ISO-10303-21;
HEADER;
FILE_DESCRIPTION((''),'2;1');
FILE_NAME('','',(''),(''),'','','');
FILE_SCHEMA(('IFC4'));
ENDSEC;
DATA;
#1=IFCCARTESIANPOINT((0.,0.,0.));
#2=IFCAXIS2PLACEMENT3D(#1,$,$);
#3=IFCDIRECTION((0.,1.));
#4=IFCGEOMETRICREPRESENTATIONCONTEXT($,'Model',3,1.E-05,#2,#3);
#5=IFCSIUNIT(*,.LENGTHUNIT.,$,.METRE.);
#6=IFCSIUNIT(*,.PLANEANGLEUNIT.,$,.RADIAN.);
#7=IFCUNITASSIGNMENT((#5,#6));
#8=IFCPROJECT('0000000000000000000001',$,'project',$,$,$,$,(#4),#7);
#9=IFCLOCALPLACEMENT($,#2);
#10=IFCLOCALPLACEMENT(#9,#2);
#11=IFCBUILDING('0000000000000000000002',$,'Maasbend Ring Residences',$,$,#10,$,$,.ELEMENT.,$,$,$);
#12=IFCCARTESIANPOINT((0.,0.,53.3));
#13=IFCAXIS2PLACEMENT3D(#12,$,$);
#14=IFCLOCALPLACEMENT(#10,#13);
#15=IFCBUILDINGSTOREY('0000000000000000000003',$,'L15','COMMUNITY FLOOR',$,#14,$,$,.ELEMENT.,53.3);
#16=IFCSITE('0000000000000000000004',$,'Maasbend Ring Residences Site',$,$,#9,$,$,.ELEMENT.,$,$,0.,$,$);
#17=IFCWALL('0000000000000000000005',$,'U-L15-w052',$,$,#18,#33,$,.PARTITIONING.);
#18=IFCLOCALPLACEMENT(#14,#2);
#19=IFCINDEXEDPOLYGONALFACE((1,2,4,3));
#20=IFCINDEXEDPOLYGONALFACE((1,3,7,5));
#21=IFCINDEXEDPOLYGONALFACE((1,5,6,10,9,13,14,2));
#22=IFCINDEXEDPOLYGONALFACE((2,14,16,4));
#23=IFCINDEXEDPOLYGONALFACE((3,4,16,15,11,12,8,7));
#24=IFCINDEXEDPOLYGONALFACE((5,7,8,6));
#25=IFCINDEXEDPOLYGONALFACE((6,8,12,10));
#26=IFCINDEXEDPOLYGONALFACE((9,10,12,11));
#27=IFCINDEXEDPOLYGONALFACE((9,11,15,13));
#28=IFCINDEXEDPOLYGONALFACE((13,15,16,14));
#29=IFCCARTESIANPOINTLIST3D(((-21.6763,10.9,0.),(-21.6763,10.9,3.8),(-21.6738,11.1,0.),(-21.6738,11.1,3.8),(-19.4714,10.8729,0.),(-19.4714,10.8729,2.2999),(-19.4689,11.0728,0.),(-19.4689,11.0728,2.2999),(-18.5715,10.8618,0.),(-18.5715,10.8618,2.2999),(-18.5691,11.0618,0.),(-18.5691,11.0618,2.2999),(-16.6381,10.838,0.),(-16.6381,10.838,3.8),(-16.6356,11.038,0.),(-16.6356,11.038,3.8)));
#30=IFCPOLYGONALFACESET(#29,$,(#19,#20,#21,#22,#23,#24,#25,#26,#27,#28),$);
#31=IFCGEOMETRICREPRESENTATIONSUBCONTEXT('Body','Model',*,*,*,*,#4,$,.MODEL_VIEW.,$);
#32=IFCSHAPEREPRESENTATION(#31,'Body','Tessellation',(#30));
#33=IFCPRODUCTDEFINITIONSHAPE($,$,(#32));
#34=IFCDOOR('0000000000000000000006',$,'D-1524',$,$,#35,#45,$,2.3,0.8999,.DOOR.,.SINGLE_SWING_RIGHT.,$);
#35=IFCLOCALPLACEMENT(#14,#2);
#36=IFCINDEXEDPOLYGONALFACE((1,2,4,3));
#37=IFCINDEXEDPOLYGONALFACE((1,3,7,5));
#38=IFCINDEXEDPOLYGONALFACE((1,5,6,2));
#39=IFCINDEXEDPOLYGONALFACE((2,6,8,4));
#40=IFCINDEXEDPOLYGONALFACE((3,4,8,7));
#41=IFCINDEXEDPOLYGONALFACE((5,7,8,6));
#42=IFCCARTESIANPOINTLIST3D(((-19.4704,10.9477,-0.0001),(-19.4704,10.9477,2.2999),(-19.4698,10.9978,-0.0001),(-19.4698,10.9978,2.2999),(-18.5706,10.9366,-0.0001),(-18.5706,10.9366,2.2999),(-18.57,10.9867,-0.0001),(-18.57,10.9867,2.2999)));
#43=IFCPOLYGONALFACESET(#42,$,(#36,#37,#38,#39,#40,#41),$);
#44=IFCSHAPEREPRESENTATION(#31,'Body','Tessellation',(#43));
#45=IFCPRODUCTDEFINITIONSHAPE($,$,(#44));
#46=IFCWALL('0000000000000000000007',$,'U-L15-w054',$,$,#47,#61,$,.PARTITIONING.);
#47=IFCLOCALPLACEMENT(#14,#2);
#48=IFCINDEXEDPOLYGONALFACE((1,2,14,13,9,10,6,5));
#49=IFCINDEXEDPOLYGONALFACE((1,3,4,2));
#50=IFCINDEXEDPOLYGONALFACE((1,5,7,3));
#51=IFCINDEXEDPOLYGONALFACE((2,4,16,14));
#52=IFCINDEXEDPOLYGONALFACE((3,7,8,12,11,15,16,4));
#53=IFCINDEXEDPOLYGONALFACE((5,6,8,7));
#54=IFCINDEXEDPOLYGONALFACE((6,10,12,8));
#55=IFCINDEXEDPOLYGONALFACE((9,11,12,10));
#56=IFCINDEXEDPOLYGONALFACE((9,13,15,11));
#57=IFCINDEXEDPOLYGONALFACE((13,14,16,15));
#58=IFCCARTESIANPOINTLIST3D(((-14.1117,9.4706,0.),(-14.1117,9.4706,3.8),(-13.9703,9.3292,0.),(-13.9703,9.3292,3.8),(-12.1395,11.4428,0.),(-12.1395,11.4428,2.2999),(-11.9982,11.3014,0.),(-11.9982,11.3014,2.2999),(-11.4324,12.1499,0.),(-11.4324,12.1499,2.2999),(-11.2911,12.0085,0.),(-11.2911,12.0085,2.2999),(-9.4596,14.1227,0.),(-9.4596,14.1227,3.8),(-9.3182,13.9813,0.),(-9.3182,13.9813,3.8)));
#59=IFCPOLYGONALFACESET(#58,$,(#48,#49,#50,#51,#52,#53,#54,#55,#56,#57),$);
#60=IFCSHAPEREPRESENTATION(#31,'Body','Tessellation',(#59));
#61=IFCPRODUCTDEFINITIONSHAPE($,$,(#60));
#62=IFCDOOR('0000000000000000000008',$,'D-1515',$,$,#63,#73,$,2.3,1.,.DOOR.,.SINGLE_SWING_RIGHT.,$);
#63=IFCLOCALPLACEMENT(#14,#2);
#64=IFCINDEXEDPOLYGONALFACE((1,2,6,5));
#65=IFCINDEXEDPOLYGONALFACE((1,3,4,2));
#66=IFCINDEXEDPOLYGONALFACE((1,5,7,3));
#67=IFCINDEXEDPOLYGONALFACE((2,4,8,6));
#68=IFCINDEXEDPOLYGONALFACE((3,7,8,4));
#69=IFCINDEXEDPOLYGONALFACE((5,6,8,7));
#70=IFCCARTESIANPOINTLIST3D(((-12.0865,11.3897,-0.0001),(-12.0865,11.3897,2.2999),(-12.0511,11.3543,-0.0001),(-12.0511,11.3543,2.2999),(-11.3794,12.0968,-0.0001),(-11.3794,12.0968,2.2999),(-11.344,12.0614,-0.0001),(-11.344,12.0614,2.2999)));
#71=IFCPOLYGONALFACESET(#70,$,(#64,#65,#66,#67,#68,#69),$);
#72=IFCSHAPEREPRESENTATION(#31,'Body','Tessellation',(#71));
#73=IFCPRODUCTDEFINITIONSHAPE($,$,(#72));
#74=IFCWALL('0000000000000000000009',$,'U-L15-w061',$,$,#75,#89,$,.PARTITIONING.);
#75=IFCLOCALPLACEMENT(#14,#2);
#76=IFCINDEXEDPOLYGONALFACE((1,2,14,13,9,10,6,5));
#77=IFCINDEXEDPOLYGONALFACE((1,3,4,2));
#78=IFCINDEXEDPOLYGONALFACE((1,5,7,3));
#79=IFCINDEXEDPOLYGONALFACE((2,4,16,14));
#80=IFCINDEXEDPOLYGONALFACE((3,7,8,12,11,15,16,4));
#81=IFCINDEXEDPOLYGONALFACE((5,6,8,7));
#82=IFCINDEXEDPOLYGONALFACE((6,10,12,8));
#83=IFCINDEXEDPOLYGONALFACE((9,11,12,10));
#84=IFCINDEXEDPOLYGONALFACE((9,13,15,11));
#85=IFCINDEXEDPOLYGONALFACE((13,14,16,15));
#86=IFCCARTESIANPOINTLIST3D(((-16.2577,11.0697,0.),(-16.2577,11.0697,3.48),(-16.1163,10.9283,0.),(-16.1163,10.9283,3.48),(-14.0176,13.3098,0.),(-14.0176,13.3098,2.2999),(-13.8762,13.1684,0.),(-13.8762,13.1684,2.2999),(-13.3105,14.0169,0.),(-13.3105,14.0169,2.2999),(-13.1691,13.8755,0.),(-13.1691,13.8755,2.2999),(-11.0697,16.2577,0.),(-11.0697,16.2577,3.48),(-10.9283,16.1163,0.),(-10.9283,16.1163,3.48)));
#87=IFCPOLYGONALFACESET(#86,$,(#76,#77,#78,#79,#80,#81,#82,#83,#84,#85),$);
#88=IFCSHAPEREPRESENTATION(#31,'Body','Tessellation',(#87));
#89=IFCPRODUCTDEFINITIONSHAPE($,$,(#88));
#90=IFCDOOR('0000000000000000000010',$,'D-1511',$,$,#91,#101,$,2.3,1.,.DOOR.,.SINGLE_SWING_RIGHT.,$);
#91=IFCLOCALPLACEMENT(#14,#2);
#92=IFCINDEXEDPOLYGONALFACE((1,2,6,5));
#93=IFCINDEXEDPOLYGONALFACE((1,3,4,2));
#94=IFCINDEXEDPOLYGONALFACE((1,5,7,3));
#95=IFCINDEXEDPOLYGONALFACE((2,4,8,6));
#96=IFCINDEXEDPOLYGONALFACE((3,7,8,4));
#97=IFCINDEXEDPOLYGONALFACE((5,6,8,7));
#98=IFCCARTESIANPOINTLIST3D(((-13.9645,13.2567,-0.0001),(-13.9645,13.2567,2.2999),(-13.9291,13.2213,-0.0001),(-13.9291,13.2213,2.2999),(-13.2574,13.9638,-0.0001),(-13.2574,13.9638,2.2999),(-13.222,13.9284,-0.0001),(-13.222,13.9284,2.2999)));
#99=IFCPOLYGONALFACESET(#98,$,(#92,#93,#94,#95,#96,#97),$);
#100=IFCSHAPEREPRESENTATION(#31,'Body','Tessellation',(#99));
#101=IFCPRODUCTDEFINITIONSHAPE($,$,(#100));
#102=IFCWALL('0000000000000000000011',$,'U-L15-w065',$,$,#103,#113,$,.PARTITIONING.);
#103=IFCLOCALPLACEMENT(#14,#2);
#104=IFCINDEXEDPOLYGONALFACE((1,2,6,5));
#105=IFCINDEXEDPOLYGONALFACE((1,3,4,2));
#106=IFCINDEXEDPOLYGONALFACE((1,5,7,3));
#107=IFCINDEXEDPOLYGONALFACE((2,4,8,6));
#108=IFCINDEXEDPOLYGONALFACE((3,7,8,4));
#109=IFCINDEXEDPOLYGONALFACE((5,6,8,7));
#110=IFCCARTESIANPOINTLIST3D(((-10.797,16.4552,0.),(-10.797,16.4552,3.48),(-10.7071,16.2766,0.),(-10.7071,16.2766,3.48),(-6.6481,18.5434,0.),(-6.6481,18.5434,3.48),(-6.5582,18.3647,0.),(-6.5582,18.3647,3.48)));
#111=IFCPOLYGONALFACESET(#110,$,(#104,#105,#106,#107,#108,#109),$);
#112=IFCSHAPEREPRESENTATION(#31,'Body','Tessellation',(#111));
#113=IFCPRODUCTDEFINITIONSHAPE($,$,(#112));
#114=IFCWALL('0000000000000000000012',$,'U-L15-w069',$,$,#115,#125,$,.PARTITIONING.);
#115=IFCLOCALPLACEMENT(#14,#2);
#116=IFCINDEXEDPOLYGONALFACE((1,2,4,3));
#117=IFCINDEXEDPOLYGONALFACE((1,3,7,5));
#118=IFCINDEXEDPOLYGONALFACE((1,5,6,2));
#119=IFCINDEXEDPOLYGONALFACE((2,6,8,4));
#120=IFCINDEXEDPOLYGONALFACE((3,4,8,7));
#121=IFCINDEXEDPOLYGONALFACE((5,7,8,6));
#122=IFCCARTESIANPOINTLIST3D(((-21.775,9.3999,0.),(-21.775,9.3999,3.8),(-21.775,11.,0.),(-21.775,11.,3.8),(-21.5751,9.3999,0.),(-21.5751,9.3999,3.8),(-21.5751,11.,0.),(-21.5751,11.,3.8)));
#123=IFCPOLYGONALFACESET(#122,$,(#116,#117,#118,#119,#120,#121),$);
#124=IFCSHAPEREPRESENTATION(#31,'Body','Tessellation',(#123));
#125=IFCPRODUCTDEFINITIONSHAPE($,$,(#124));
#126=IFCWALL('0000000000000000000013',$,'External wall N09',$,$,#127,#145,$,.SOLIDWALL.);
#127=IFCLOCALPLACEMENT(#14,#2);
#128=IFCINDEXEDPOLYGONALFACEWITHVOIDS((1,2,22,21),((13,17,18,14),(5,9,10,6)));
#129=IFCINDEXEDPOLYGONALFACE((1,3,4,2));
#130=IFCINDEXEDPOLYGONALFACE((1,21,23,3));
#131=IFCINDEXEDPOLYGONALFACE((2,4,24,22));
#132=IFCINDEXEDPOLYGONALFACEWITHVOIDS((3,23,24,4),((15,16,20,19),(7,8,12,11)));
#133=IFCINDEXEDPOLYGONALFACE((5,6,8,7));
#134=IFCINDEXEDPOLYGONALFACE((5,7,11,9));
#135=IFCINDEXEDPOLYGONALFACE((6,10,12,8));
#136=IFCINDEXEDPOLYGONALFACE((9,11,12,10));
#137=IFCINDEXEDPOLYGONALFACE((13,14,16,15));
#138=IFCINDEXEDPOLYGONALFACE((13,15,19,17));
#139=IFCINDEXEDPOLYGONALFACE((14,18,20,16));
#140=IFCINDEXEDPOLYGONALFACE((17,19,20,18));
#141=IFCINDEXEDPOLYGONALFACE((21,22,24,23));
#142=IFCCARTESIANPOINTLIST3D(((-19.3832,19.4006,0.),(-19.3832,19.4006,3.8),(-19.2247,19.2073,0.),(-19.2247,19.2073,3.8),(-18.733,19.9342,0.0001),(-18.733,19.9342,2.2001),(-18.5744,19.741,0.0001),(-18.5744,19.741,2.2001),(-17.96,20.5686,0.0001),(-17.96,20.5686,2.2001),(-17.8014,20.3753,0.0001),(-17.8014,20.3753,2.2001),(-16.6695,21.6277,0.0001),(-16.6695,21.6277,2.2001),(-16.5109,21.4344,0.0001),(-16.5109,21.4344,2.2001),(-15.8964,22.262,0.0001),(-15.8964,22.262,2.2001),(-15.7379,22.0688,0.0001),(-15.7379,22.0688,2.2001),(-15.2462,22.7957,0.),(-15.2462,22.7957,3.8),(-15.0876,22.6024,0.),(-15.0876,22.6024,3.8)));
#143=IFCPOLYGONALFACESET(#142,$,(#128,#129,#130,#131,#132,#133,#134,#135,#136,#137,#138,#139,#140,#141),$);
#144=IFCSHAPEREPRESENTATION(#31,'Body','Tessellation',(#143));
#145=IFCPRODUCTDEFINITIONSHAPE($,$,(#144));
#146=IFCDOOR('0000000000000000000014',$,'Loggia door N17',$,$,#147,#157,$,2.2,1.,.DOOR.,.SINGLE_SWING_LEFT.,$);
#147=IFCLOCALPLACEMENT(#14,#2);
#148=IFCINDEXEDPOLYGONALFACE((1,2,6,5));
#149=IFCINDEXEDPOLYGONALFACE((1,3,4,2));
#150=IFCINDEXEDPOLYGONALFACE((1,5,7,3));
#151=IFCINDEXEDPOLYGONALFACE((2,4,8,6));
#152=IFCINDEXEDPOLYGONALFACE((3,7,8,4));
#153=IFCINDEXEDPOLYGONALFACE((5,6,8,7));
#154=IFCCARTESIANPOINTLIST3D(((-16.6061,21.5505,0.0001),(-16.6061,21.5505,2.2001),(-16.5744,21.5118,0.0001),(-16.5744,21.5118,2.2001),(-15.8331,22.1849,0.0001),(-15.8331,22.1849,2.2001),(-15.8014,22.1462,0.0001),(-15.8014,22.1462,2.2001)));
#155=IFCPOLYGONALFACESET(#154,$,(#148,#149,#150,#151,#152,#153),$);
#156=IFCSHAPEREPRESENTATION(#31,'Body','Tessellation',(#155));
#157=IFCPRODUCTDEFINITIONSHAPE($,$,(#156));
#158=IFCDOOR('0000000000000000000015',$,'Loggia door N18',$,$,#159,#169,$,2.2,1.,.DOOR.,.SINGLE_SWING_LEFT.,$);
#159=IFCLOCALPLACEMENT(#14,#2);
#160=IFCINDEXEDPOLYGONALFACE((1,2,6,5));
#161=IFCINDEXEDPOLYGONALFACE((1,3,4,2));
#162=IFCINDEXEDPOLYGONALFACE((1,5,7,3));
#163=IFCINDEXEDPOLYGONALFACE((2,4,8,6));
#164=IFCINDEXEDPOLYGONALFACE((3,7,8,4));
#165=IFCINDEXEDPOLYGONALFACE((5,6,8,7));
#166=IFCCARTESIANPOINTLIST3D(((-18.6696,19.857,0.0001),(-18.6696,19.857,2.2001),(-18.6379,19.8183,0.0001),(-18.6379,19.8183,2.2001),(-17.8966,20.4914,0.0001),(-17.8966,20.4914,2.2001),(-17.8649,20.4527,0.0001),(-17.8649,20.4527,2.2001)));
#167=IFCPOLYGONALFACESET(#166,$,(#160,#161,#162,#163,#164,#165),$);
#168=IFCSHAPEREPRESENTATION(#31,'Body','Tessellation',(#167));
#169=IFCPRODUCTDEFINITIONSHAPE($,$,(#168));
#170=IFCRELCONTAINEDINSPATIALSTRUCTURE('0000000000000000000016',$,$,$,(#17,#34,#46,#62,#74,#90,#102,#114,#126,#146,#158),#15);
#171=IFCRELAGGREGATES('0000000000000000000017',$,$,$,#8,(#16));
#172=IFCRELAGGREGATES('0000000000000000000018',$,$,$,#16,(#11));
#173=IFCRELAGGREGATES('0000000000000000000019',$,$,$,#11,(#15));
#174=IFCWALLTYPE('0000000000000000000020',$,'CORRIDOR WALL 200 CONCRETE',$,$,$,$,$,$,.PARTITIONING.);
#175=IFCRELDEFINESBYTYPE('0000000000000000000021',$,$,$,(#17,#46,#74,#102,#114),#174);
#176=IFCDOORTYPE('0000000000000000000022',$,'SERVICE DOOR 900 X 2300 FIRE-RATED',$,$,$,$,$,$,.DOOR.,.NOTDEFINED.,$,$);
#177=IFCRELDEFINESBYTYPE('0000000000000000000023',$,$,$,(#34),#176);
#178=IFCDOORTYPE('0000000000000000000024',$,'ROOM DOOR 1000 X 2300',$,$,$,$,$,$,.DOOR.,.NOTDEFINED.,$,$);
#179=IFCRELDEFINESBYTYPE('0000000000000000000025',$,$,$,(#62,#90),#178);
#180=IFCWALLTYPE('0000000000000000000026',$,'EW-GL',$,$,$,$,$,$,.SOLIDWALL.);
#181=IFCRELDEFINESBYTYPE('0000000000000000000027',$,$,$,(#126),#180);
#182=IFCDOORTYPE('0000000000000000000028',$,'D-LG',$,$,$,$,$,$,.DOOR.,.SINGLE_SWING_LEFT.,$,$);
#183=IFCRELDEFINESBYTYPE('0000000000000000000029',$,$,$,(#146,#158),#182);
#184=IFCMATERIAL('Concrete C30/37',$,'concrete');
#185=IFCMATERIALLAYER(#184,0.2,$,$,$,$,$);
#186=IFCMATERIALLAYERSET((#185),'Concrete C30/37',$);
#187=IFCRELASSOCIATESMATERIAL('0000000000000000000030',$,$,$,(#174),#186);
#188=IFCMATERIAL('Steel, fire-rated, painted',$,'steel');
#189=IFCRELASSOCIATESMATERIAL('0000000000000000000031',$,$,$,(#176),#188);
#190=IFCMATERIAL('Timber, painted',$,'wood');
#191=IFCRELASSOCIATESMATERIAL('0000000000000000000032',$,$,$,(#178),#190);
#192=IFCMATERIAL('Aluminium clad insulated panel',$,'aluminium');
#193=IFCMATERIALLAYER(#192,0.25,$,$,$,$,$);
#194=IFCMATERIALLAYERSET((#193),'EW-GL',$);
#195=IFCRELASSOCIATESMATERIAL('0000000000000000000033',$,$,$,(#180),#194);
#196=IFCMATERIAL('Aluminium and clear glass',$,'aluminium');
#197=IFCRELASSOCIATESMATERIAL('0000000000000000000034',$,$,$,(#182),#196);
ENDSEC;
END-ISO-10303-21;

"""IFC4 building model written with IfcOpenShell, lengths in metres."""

from ifc_helpers import new_model, si_unit, direction, frame, frame_2d, origin, place, context, subcontext, project, spatial, rectangle, extrude, material, layer, layer_set, type_object, element, fill, save


model = new_model("IFC4")

# Units and contexts
model_context = context("Model", 3, precision=1e-05, world=origin(), true_north=direction((0.0, 1.0)))
body_context = subcontext(model_context, "Body", "Model", "MODEL_VIEW")
ifc_project = project(units=[si_unit("LENGTHUNIT", "METRE"), si_unit("PLANEANGLEUNIT", "RADIAN")], contexts=[model_context])

# Site, building, storey
site_placement = place(None, origin())
site = spatial("IfcSite", under=ifc_project, at=site_placement, Name="Maasbend Ring Residences Site", CompositionType="ELEMENT", RefElevation=0.0)
building_placement = place(site_placement, origin())
building = spatial("IfcBuilding", under=site, at=building_placement, Name="Maasbend Ring Residences", CompositionType="ELEMENT")
storey_placement = place(building_placement, frame((0.0, 0.0, 53.3)))
storey = spatial("IfcBuildingStorey", under=building, at=storey_placement, Name="L15", Description="COMMUNITY FLOOR", CompositionType="ELEMENT", Elevation=53.3)

# Walls, openings, doors
ifc_material_1 = material(Name="Concrete C30/37", Category="concrete")
ifc_layer_1 = layer(ifc_material_1, 0.2)
ifc_layer_set_1 = layer_set([ifc_layer_1], Name="Concrete C30/37")
wall_type_1 = type_object("IfcWallType", Name="CORRIDOR WALL 200 CONCRETE", PredefinedType="PARTITIONING", material=ifc_layer_set_1)
wall_1_placement = place(storey_placement, frame((-21.675, 11.0, 0.0), z_axis=(0.0, 0.0, 1.0), x_axis=(0.999924, -0.012308, 0.0)))
wall_1 = element("IfcWall", 1, at=wall_1_placement, inside=storey, type_object=wall_type_1, Name="U-L15-w052", PredefinedType="PARTITIONING", context=body_context, shape_type="SweptSolid", body=[
    extrude(rectangle(XDim=5.0386, YDim=0.2, at=frame_2d((2.5193, 0.0))), origin(), (0.0, 0.0, 1.0), 3.8),
])
opening_1_placement = place(wall_1_placement, frame((2.2051, 0.0, 0.0)))
opening_1 = element("IfcOpeningElement", 2, at=opening_1_placement, cuts=wall_1, PredefinedType="OPENING", context=body_context, shape_type="SweptSolid", body=[
    extrude(rectangle(XDim=0.8999, YDim=2.3, at=frame_2d((0.45, 1.1499))), frame((0.0, 0.1099, 0.0), z_axis=(0.0, -1.0, 0.0), x_axis=(1.0, 0.0, 0.0)), (0.0, 0.0, 1.0), 0.22),
])
ifc_material_2 = material(Name="Steel, fire-rated, painted", Category="steel")
door_type_1 = type_object("IfcDoorType", Name="SERVICE DOOR 900 X 2300 FIRE-RATED", OperationType="NOTDEFINED", PredefinedType="DOOR", material=ifc_material_2)
door_1_placement = place(opening_1_placement, origin())
door_1 = element("IfcDoor", 3, at=door_1_placement, inside=storey, type_object=door_type_1, Name="D-1524", OperationType="SINGLE_SWING_RIGHT", OverallHeight=2.3, OverallWidth=0.8999, PredefinedType="DOOR", context=body_context, shape_type="SweptSolid", body=[
    extrude(rectangle(XDim=0.8999, YDim=2.3, at=frame_2d((0.45, 1.1499))), frame((0.0, 0.0249, 0.0), z_axis=(0.0, -1.0, 0.0), x_axis=(1.0, 0.0, 0.0)), (0.0, 0.0, 1.0), 0.05),
])
fill(opening_1, door_1)
wall_2_placement = place(storey_placement, frame((-14.041, 9.3999, 0.0), z_axis=(0.0, 0.0, 1.0), x_axis=(0.707107, 0.707107, 0.0)))
wall_2 = element("IfcWall", 4, at=wall_2_placement, inside=storey, type_object=wall_type_1, Name="U-L15-w054", PredefinedType="PARTITIONING", context=body_context, shape_type="SweptSolid", body=[
    extrude(rectangle(XDim=6.5791, YDim=0.2, at=frame_2d((3.2896, 0.0))), origin(), (0.0, 0.0, 1.0), 3.8),
])
opening_2_placement = place(wall_2_placement, frame((2.7891, 0.0, 0.0)))
opening_2 = element("IfcOpeningElement", 5, at=opening_2_placement, cuts=wall_2, PredefinedType="OPENING", context=body_context, shape_type="SweptSolid", body=[
    extrude(rectangle(XDim=1.0, YDim=2.3, at=frame_2d((0.5, 1.1499))), frame((0.0, 0.1099, 0.0), z_axis=(0.0, -1.0, 0.0), x_axis=(1.0, 0.0, 0.0)), (0.0, 0.0, 1.0), 0.22),
])
ifc_material_3 = material(Name="Timber, painted", Category="wood")
door_type_2 = type_object("IfcDoorType", Name="ROOM DOOR 1000 X 2300", OperationType="NOTDEFINED", PredefinedType="DOOR", material=ifc_material_3)
door_2_placement = place(opening_2_placement, origin())
door_2 = element("IfcDoor", 6, at=door_2_placement, inside=storey, type_object=door_type_2, Name="D-1515", OperationType="SINGLE_SWING_RIGHT", OverallHeight=2.3, OverallWidth=1.0, PredefinedType="DOOR", context=body_context, shape_type="SweptSolid", body=[
    extrude(rectangle(XDim=1.0, YDim=2.3, at=frame_2d((0.5, 1.1499))), frame((0.0, 0.0249, 0.0), z_axis=(0.0, -1.0, 0.0), x_axis=(1.0, 0.0, 0.0)), (0.0, 0.0, 1.0), 0.05),
])
fill(opening_2, door_2)
wall_3_placement = place(storey_placement, frame((-16.187, 10.999, 0.0), z_axis=(0.0, 0.0, 1.0), x_axis=(0.707107, 0.707107, 0.0)))
wall_3 = element("IfcWall", 7, at=wall_3_placement, inside=storey, type_object=wall_type_1, Name="U-L15-w061", PredefinedType="PARTITIONING", context=body_context, shape_type="SweptSolid", body=[
    extrude(rectangle(XDim=7.3369, YDim=0.2, at=frame_2d((3.6685, 0.0))), origin(), (0.0, 0.0, 1.0), 3.48),
])
opening_3_placement = place(wall_3_placement, frame((3.168, 0.0, 0.0)))
opening_3 = element("IfcOpeningElement", 8, at=opening_3_placement, cuts=wall_3, PredefinedType="OPENING", context=body_context, shape_type="SweptSolid", body=[
    extrude(rectangle(XDim=1.0, YDim=2.3, at=frame_2d((0.5, 1.1499))), frame((0.0, 0.1099, 0.0), z_axis=(0.0, -1.0, 0.0), x_axis=(1.0, 0.0, 0.0)), (0.0, 0.0, 1.0), 0.22),
])
door_3_placement = place(opening_3_placement, origin())
door_3 = element("IfcDoor", 9, at=door_3_placement, inside=storey, type_object=door_type_2, Name="D-1511", OperationType="SINGLE_SWING_RIGHT", OverallHeight=2.3, OverallWidth=1.0, PredefinedType="DOOR", context=body_context, shape_type="SweptSolid", body=[
    extrude(rectangle(XDim=1.0, YDim=2.3, at=frame_2d((0.5, 1.1499))), frame((0.0, 0.0249, 0.0), z_axis=(0.0, -1.0, 0.0), x_axis=(1.0, 0.0, 0.0)), (0.0, 0.0, 1.0), 0.05),
])
fill(opening_3, door_3)

# Walls
wall_4_placement = place(storey_placement, frame((-10.752, 16.366, 0.0), z_axis=(0.0, 0.0, 1.0), x_axis=(0.893247, 0.449567, 0.0)))
element("IfcWall", 10, at=wall_4_placement, inside=storey, type_object=wall_type_1, Name="U-L15-w065", PredefinedType="PARTITIONING", context=body_context, shape_type="SweptSolid", body=[
    extrude(rectangle(XDim=4.6448, YDim=0.2, at=frame_2d((2.3223, 0.0))), origin(), (0.0, 0.0, 1.0), 3.48),
])
wall_5_placement = place(storey_placement, frame((-21.675, 9.3999, 0.0), z_axis=(0.0, 0.0, 1.0), x_axis=(0.0, 1.0, 0.0)))
element("IfcWall", 11, at=wall_5_placement, inside=storey, type_object=wall_type_1, Name="U-L15-w069", PredefinedType="PARTITIONING", context=body_context, shape_type="SweptSolid", body=[
    extrude(rectangle(XDim=1.6001, YDim=0.2, at=frame_2d((0.8, 0.0))), origin(), (0.0, 0.0, 1.0), 3.8),
])

# Wall, openings, doors
ifc_material_4 = material(Name="Aluminium clad insulated panel", Category="aluminium")
ifc_layer_2 = layer(ifc_material_4, 0.25)
ifc_layer_set_2 = layer_set([ifc_layer_2], Name="EW-GL")
wall_type_2 = type_object("IfcWallType", Name="EW-GL", PredefinedType="SOLIDWALL", material=ifc_layer_set_2)
wall_6_placement = place(storey_placement, frame((-15.167, 22.699, 0.0), z_axis=(0.0, 0.0, 1.0), x_axis=(-0.773019, -0.634382, 0.0)))
wall_6 = element("IfcWall", 12, at=wall_6_placement, inside=storey, type_object=wall_type_2, Name="External wall N09", PredefinedType="SOLIDWALL", context=body_context, shape_type="SweptSolid", body=[
    extrude(rectangle(XDim=5.3518, YDim=0.25, at=frame_2d((2.6758, 0.0))), origin(), (0.0, 0.0, 1.0), 3.8),
])
opening_4_placement = place(wall_6_placement, frame((0.8411, 0.0, 0.0)))
opening_4 = element("IfcOpeningElement", 13, at=opening_4_placement, cuts=wall_6, PredefinedType="OPENING", context=body_context, shape_type="SweptSolid", body=[
    extrude(rectangle(XDim=1.0, YDim=2.2, at=frame_2d((0.5, 1.1001))), frame((0.0, 0.135, 0.0), z_axis=(0.0, -1.0, 0.0), x_axis=(1.0, 0.0, 0.0)), (0.0, 0.0, 1.0), 0.27),
])
opening_5_placement = place(wall_6_placement, frame((3.5105, 0.0, 0.0)))
opening_5 = element("IfcOpeningElement", 14, at=opening_5_placement, cuts=wall_6, PredefinedType="OPENING", context=body_context, shape_type="SweptSolid", body=[
    extrude(rectangle(XDim=1.0, YDim=2.2, at=frame_2d((0.5, 1.1001))), frame((0.0, 0.135, 0.0), z_axis=(0.0, -1.0, 0.0), x_axis=(1.0, 0.0, 0.0)), (0.0, 0.0, 1.0), 0.27),
])
ifc_material_5 = material(Name="Aluminium and clear glass", Category="aluminium")
door_type_3 = type_object("IfcDoorType", Name="D-LG", OperationType="SINGLE_SWING_LEFT", PredefinedType="DOOR", material=ifc_material_5)
door_4_placement = place(opening_4_placement, origin())
door_4 = element("IfcDoor", 15, at=door_4_placement, inside=storey, type_object=door_type_3, Name="Loggia door N17", OperationType="SINGLE_SWING_LEFT", OverallHeight=2.2, OverallWidth=1.0, PredefinedType="DOOR", context=body_context, shape_type="SweptSolid", body=[
    extrude(rectangle(XDim=1.0, YDim=2.2, at=frame_2d((0.5, 1.1001))), frame((0.0, 0.0249, 0.0), z_axis=(0.0, -1.0, 0.0), x_axis=(1.0, 0.0, 0.0)), (0.0, 0.0, 1.0), 0.05),
])
fill(opening_4, door_4)
door_5_placement = place(opening_5_placement, origin())
door_5 = element("IfcDoor", 16, at=door_5_placement, inside=storey, type_object=door_type_3, Name="Loggia door N18", OperationType="SINGLE_SWING_LEFT", OverallHeight=2.2, OverallWidth=1.0, PredefinedType="DOOR", context=body_context, shape_type="SweptSolid", body=[
    extrude(rectangle(XDim=1.0, YDim=2.2, at=frame_2d((0.5, 1.1001))), frame((0.0, 0.0249, 0.0), z_axis=(0.0, -1.0, 0.0), x_axis=(1.0, 0.0, 0.0)), (0.0, 0.0, 1.0), 0.05),
])
fill(opening_5, door_5)

save(model, "model.ifc")
